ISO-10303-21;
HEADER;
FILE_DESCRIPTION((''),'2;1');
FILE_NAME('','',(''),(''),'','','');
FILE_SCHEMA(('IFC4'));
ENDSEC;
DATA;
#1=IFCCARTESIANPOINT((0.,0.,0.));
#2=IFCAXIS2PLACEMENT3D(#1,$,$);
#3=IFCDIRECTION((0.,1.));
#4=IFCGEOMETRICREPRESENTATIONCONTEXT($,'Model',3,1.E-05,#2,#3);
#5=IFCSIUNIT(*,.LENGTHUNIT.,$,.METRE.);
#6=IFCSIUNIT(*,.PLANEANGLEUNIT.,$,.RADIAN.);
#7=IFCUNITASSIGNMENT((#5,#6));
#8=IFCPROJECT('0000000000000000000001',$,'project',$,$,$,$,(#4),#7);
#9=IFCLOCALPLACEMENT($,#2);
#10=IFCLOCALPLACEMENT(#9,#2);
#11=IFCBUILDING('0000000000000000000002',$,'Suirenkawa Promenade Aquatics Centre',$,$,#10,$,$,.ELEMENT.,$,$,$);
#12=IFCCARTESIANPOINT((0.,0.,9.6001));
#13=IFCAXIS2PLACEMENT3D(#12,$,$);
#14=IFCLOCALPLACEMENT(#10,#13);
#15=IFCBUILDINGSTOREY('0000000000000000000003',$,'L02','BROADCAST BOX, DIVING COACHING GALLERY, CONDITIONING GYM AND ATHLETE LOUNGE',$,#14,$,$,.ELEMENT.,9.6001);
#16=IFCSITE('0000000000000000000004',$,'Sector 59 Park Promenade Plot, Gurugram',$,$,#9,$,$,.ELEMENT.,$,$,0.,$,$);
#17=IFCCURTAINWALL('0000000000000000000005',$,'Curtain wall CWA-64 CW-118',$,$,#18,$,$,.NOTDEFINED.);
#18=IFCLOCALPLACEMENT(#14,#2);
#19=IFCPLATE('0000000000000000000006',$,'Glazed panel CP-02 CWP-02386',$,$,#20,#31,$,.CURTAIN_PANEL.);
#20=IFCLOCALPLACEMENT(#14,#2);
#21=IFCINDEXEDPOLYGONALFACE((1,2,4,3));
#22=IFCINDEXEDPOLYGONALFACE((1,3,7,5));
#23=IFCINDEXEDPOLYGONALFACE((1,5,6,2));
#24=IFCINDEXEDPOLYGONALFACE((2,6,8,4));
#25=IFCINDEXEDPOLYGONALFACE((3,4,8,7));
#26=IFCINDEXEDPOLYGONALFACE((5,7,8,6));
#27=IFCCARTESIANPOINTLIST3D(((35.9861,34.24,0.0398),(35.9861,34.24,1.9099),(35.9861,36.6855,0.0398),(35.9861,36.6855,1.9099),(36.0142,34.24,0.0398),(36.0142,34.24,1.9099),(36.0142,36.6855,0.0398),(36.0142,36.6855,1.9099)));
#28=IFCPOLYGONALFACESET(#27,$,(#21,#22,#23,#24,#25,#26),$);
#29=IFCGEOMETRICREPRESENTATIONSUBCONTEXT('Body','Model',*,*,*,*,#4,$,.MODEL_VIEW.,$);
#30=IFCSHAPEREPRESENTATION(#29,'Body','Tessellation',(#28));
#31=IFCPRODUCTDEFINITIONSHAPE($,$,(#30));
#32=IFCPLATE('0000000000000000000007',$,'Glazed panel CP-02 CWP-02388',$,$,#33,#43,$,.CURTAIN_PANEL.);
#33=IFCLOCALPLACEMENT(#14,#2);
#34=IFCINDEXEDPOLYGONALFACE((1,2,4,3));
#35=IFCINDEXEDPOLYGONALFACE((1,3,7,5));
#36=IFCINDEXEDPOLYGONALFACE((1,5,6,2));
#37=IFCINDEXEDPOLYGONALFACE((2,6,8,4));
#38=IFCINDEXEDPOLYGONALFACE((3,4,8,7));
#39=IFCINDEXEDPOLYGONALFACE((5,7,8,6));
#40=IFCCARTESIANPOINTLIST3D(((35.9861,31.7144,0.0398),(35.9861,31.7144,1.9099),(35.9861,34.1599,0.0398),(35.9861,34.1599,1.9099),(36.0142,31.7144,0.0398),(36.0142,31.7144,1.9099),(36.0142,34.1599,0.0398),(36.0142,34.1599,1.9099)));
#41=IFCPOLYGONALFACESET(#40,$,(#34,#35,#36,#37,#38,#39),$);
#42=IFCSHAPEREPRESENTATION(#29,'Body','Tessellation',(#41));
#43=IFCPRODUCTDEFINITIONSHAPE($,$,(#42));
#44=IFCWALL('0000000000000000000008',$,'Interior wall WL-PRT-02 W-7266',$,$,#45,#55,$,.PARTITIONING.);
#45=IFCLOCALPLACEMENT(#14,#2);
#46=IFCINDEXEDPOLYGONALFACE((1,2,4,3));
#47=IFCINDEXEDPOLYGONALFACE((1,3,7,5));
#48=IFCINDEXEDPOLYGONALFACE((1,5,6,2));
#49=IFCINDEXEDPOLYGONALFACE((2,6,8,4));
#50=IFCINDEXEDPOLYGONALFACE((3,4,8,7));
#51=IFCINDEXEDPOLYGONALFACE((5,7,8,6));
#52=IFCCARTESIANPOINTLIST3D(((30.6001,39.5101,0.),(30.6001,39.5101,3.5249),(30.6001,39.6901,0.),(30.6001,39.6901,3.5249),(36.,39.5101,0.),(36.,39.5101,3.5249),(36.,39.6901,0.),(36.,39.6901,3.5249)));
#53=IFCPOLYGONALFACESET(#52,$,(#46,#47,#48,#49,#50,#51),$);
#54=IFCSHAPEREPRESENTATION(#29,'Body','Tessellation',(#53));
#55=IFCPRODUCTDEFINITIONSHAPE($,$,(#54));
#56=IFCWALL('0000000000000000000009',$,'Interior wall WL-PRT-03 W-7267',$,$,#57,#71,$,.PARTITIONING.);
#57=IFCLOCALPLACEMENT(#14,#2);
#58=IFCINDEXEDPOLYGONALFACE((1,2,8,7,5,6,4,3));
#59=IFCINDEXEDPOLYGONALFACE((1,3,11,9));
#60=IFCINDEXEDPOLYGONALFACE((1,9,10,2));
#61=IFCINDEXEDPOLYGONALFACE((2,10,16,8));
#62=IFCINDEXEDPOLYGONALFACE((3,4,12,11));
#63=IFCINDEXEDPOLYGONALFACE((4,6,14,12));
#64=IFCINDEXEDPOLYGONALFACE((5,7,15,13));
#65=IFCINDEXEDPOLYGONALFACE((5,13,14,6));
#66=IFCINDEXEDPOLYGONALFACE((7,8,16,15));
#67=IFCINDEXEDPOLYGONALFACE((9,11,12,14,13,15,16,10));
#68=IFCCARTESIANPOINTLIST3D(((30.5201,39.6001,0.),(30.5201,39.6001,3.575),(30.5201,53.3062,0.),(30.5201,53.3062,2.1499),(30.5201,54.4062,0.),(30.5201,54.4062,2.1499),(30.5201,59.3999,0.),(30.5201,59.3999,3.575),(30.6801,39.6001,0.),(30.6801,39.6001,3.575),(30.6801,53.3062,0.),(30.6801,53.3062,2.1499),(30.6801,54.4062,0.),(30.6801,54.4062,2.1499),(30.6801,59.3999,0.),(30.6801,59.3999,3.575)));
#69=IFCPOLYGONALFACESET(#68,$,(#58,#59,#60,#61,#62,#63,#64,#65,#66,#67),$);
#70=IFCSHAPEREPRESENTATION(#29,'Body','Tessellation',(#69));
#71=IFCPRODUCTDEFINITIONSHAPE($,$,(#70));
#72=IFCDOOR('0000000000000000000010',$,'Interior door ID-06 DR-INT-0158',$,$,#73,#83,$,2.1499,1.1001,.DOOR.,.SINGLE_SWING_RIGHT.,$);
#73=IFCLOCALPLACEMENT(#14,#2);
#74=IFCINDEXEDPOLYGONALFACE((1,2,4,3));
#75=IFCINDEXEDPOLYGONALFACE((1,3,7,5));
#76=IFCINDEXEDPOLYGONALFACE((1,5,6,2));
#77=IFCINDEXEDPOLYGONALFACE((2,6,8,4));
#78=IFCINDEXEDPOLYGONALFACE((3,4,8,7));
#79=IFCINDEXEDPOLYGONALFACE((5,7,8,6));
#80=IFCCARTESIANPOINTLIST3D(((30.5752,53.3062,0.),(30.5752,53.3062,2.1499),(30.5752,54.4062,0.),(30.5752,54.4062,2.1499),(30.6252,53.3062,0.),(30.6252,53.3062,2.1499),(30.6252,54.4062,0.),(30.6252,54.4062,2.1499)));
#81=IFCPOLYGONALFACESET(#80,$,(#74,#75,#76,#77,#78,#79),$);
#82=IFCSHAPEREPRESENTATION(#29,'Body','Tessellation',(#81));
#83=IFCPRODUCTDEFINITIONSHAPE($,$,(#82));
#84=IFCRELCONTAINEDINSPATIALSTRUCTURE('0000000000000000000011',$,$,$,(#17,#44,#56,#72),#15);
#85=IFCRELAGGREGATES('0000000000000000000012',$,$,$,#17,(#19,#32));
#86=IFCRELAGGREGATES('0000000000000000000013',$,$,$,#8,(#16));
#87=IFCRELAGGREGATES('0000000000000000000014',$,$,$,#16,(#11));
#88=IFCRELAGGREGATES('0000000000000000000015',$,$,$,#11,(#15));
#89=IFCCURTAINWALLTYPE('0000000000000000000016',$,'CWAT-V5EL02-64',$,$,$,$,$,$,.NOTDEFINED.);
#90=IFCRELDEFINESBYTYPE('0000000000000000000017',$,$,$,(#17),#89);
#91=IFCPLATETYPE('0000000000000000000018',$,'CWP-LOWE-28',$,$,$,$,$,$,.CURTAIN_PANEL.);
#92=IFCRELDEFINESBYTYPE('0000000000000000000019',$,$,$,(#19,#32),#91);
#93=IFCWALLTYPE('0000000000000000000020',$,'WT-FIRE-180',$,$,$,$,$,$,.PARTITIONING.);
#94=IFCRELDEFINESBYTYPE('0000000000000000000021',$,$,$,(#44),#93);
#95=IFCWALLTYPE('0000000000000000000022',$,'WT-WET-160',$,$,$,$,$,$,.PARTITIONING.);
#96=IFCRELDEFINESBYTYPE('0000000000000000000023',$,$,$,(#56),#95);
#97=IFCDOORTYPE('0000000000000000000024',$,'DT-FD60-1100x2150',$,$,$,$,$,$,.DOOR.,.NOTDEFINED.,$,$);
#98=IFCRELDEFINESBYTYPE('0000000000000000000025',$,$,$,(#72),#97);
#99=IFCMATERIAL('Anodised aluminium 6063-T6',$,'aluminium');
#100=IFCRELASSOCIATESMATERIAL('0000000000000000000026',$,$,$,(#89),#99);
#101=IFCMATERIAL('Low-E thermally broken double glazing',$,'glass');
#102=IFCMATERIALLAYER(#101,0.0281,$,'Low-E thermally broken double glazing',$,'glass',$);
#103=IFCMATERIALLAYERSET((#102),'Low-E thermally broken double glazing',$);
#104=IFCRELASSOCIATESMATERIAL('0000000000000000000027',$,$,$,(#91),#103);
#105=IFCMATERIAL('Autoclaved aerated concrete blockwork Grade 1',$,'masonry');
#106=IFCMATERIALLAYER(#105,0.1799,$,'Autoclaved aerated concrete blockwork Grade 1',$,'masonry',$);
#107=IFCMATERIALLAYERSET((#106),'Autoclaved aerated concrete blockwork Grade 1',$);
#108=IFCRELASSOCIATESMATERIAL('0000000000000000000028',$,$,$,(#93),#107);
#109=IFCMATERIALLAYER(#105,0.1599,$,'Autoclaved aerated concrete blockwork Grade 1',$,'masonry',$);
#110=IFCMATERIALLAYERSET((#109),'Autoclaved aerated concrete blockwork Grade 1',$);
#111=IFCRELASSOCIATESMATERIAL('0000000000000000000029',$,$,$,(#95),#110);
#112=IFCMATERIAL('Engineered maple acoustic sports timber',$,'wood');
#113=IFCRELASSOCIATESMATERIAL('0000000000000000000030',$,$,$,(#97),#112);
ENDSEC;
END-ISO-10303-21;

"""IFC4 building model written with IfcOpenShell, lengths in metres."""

from ifc_helpers import new_model, si_unit, direction, frame, frame_2d, origin, place, context, subcontext, project, spatial, polyline, rectangle, outline, extrude, material, layer, layer_set, type_object, element, fill, aggregate, save


model = new_model("IFC4")

# Units and contexts
model_context = context("Model", 3, precision=1e-05, world=origin(), true_north=direction((0.0, 1.0)))
body_context = subcontext(model_context, "Body", "Model", "MODEL_VIEW")
ifc_project = project(units=[si_unit("LENGTHUNIT", "METRE"), si_unit("PLANEANGLEUNIT", "RADIAN")], contexts=[model_context])

# Site, building, storey
site_placement = place(None, origin())
site = spatial("IfcSite", under=ifc_project, at=site_placement, Name="Sector 59 Park Promenade Plot, Gurugram", CompositionType="ELEMENT", RefElevation=0.0)
building_placement = place(site_placement, origin())
building = spatial("IfcBuilding", under=site, at=building_placement, Name="Suirenkawa Promenade Aquatics Centre", CompositionType="ELEMENT")
storey_placement = place(building_placement, frame((0.0, 0.0, 9.6001)))
storey = spatial("IfcBuildingStorey", under=building, at=storey_placement, Name="L02", Description="BROADCAST BOX, DIVING COACHING GALLERY, CONDITIONING GYM AND ATHLETE LOUNGE", CompositionType="ELEMENT", Elevation=9.6001)

# Curtain wall, plates
ifc_material_1 = material(Name="Anodised aluminium 6063-T6", Category="aluminium")
curtain_wall_type = type_object("IfcCurtainWallType", Name="CWAT-V5EL02-64", PredefinedType="NOTDEFINED", material=ifc_material_1)
curtain_wall_placement = place(storey_placement, origin())
curtain_wall = element("IfcCurtainWall", 1, at=curtain_wall_placement, inside=storey, type_object=curtain_wall_type, Name="Curtain wall CWA-64 CW-118", PredefinedType="NOTDEFINED")
ifc_material_2 = material(Name="Low-E thermally broken double glazing", Category="glass")
ifc_layer_1 = layer(ifc_material_2, 0.0281, Name="Low-E thermally broken double glazing", Category="glass")
ifc_layer_set_1 = layer_set([ifc_layer_1], Name="Low-E thermally broken double glazing")
plate_type = type_object("IfcPlateType", Name="CWP-LOWE-28", PredefinedType="CURTAIN_PANEL", material=ifc_layer_set_1)
plate_1_placement = place(storey_placement, frame((36.0, 36.7256, 0.0398), z_axis=(0.0, 0.0, 1.0), x_axis=(0.0, -1.0, 0.0)))
plate_1 = element("IfcPlate", 2, at=plate_1_placement, type_object=plate_type, Name="Glazed panel CP-02 CWP-02386", PredefinedType="CURTAIN_PANEL", context=body_context, shape_type="SweptSolid", body=[
    extrude(outline(polyline([(0.04, 0.0), (2.4856, 0.0), (2.4856, 1.8701), (0.04, 1.8701), (0.04, 0.0)])), frame((0.0, 0.0142, 0.0), z_axis=(0.0, -1.0, 0.0), x_axis=(1.0, 0.0, 0.0)), (0.0, 0.0, 1.0), 0.0281),
])
plate_2_placement = place(storey_placement, frame((36.0, 34.2, 0.0398), z_axis=(0.0, 0.0, 1.0), x_axis=(0.0, -1.0, 0.0)))
plate_2 = element("IfcPlate", 3, at=plate_2_placement, type_object=plate_type, Name="Glazed panel CP-02 CWP-02388", PredefinedType="CURTAIN_PANEL", context=body_context, shape_type="SweptSolid", body=[
    extrude(outline(polyline([(0.04, 0.0), (2.4856, 0.0), (2.4856, 1.8701), (0.04, 1.8701), (0.04, 0.0)])), frame((0.0, 0.0142, 0.0), z_axis=(0.0, -1.0, 0.0), x_axis=(1.0, 0.0, 0.0)), (0.0, 0.0, 1.0), 0.0281),
])
aggregate(curtain_wall, [plate_1, plate_2])

# Wall
ifc_material_3 = material(Name="Autoclaved aerated concrete blockwork Grade 1", Category="masonry")
ifc_layer_2 = layer(ifc_material_3, 0.1799, Name="Autoclaved aerated concrete blockwork Grade 1", Category="masonry")
ifc_layer_set_2 = layer_set([ifc_layer_2], Name="Autoclaved aerated concrete blockwork Grade 1")
wall_type_1 = type_object("IfcWallType", Name="WT-FIRE-180", PredefinedType="PARTITIONING", material=ifc_layer_set_2)
wall_1_placement = place(storey_placement, frame((30.6001, 39.6001, 0.0), z_axis=(0.0, 0.0, 1.0), x_axis=(1.0, 0.0, 0.0)))
element("IfcWall", 4, at=wall_1_placement, inside=storey, type_object=wall_type_1, Name="Interior wall WL-PRT-02 W-7266", PredefinedType="PARTITIONING", context=body_context, shape_type="SweptSolid", body=[
    extrude(rectangle(XDim=5.3999, YDim=0.1799, at=frame_2d((2.7, 0.0))), origin(), (0.0, 0.0, 1.0), 3.5249),
])

# Wall, opening, door
ifc_layer_3 = layer(ifc_material_3, 0.1599, Name="Autoclaved aerated concrete blockwork Grade 1", Category="masonry")
ifc_layer_set_3 = layer_set([ifc_layer_3], Name="Autoclaved aerated concrete blockwork Grade 1")
wall_type_2 = type_object("IfcWallType", Name="WT-WET-160", PredefinedType="PARTITIONING", material=ifc_layer_set_3)
wall_2_placement = place(storey_placement, frame((30.6001, 39.6001, 0.0), z_axis=(0.0, 0.0, 1.0), x_axis=(0.0, 1.0, 0.0)))
wall_2 = element("IfcWall", 5, at=wall_2_placement, inside=storey, type_object=wall_type_2, Name="Interior wall WL-PRT-03 W-7267", PredefinedType="PARTITIONING", context=body_context, shape_type="SweptSolid", body=[
    extrude(rectangle(XDim=19.7998, YDim=0.1599, at=frame_2d((9.8999, 0.0))), origin(), (0.0, 0.0, 1.0), 3.575),
])
opening_placement = place(wall_2_placement, frame((13.7061, 0.0, 0.0)))
opening = element("IfcOpeningElement", 6, at=opening_placement, cuts=wall_2, PredefinedType="OPENING", context=body_context, shape_type="SweptSolid", body=[
    extrude(rectangle(XDim=1.1001, YDim=2.1499, at=frame_2d((0.55, 1.075))), frame((0.0, 0.0898, 0.0), z_axis=(0.0, -1.0, 0.0), x_axis=(1.0, 0.0, 0.0)), (0.0, 0.0, 1.0), 0.1799),
])
ifc_material_4 = material(Name="Engineered maple acoustic sports timber", Category="wood")
door_type = type_object("IfcDoorType", Name="DT-FD60-1100x2150", OperationType="NOTDEFINED", PredefinedType="DOOR", material=ifc_material_4)
door_placement = place(opening_placement, origin())
door = element("IfcDoor", 7, at=door_placement, inside=storey, type_object=door_type, Name="Interior door ID-06 DR-INT-0158", OperationType="SINGLE_SWING_RIGHT", OverallHeight=2.1499, OverallWidth=1.1001, PredefinedType="DOOR", context=body_context, shape_type="SweptSolid", body=[
    extrude(rectangle(XDim=1.1001, YDim=2.1499, at=frame_2d((0.55, 1.075))), frame((0.0, 0.0249, 0.0), z_axis=(0.0, -1.0, 0.0), x_axis=(1.0, 0.0, 0.0)), (0.0, 0.0, 1.0), 0.05),
])
fill(opening, door)

save(model, "model.ifc")
